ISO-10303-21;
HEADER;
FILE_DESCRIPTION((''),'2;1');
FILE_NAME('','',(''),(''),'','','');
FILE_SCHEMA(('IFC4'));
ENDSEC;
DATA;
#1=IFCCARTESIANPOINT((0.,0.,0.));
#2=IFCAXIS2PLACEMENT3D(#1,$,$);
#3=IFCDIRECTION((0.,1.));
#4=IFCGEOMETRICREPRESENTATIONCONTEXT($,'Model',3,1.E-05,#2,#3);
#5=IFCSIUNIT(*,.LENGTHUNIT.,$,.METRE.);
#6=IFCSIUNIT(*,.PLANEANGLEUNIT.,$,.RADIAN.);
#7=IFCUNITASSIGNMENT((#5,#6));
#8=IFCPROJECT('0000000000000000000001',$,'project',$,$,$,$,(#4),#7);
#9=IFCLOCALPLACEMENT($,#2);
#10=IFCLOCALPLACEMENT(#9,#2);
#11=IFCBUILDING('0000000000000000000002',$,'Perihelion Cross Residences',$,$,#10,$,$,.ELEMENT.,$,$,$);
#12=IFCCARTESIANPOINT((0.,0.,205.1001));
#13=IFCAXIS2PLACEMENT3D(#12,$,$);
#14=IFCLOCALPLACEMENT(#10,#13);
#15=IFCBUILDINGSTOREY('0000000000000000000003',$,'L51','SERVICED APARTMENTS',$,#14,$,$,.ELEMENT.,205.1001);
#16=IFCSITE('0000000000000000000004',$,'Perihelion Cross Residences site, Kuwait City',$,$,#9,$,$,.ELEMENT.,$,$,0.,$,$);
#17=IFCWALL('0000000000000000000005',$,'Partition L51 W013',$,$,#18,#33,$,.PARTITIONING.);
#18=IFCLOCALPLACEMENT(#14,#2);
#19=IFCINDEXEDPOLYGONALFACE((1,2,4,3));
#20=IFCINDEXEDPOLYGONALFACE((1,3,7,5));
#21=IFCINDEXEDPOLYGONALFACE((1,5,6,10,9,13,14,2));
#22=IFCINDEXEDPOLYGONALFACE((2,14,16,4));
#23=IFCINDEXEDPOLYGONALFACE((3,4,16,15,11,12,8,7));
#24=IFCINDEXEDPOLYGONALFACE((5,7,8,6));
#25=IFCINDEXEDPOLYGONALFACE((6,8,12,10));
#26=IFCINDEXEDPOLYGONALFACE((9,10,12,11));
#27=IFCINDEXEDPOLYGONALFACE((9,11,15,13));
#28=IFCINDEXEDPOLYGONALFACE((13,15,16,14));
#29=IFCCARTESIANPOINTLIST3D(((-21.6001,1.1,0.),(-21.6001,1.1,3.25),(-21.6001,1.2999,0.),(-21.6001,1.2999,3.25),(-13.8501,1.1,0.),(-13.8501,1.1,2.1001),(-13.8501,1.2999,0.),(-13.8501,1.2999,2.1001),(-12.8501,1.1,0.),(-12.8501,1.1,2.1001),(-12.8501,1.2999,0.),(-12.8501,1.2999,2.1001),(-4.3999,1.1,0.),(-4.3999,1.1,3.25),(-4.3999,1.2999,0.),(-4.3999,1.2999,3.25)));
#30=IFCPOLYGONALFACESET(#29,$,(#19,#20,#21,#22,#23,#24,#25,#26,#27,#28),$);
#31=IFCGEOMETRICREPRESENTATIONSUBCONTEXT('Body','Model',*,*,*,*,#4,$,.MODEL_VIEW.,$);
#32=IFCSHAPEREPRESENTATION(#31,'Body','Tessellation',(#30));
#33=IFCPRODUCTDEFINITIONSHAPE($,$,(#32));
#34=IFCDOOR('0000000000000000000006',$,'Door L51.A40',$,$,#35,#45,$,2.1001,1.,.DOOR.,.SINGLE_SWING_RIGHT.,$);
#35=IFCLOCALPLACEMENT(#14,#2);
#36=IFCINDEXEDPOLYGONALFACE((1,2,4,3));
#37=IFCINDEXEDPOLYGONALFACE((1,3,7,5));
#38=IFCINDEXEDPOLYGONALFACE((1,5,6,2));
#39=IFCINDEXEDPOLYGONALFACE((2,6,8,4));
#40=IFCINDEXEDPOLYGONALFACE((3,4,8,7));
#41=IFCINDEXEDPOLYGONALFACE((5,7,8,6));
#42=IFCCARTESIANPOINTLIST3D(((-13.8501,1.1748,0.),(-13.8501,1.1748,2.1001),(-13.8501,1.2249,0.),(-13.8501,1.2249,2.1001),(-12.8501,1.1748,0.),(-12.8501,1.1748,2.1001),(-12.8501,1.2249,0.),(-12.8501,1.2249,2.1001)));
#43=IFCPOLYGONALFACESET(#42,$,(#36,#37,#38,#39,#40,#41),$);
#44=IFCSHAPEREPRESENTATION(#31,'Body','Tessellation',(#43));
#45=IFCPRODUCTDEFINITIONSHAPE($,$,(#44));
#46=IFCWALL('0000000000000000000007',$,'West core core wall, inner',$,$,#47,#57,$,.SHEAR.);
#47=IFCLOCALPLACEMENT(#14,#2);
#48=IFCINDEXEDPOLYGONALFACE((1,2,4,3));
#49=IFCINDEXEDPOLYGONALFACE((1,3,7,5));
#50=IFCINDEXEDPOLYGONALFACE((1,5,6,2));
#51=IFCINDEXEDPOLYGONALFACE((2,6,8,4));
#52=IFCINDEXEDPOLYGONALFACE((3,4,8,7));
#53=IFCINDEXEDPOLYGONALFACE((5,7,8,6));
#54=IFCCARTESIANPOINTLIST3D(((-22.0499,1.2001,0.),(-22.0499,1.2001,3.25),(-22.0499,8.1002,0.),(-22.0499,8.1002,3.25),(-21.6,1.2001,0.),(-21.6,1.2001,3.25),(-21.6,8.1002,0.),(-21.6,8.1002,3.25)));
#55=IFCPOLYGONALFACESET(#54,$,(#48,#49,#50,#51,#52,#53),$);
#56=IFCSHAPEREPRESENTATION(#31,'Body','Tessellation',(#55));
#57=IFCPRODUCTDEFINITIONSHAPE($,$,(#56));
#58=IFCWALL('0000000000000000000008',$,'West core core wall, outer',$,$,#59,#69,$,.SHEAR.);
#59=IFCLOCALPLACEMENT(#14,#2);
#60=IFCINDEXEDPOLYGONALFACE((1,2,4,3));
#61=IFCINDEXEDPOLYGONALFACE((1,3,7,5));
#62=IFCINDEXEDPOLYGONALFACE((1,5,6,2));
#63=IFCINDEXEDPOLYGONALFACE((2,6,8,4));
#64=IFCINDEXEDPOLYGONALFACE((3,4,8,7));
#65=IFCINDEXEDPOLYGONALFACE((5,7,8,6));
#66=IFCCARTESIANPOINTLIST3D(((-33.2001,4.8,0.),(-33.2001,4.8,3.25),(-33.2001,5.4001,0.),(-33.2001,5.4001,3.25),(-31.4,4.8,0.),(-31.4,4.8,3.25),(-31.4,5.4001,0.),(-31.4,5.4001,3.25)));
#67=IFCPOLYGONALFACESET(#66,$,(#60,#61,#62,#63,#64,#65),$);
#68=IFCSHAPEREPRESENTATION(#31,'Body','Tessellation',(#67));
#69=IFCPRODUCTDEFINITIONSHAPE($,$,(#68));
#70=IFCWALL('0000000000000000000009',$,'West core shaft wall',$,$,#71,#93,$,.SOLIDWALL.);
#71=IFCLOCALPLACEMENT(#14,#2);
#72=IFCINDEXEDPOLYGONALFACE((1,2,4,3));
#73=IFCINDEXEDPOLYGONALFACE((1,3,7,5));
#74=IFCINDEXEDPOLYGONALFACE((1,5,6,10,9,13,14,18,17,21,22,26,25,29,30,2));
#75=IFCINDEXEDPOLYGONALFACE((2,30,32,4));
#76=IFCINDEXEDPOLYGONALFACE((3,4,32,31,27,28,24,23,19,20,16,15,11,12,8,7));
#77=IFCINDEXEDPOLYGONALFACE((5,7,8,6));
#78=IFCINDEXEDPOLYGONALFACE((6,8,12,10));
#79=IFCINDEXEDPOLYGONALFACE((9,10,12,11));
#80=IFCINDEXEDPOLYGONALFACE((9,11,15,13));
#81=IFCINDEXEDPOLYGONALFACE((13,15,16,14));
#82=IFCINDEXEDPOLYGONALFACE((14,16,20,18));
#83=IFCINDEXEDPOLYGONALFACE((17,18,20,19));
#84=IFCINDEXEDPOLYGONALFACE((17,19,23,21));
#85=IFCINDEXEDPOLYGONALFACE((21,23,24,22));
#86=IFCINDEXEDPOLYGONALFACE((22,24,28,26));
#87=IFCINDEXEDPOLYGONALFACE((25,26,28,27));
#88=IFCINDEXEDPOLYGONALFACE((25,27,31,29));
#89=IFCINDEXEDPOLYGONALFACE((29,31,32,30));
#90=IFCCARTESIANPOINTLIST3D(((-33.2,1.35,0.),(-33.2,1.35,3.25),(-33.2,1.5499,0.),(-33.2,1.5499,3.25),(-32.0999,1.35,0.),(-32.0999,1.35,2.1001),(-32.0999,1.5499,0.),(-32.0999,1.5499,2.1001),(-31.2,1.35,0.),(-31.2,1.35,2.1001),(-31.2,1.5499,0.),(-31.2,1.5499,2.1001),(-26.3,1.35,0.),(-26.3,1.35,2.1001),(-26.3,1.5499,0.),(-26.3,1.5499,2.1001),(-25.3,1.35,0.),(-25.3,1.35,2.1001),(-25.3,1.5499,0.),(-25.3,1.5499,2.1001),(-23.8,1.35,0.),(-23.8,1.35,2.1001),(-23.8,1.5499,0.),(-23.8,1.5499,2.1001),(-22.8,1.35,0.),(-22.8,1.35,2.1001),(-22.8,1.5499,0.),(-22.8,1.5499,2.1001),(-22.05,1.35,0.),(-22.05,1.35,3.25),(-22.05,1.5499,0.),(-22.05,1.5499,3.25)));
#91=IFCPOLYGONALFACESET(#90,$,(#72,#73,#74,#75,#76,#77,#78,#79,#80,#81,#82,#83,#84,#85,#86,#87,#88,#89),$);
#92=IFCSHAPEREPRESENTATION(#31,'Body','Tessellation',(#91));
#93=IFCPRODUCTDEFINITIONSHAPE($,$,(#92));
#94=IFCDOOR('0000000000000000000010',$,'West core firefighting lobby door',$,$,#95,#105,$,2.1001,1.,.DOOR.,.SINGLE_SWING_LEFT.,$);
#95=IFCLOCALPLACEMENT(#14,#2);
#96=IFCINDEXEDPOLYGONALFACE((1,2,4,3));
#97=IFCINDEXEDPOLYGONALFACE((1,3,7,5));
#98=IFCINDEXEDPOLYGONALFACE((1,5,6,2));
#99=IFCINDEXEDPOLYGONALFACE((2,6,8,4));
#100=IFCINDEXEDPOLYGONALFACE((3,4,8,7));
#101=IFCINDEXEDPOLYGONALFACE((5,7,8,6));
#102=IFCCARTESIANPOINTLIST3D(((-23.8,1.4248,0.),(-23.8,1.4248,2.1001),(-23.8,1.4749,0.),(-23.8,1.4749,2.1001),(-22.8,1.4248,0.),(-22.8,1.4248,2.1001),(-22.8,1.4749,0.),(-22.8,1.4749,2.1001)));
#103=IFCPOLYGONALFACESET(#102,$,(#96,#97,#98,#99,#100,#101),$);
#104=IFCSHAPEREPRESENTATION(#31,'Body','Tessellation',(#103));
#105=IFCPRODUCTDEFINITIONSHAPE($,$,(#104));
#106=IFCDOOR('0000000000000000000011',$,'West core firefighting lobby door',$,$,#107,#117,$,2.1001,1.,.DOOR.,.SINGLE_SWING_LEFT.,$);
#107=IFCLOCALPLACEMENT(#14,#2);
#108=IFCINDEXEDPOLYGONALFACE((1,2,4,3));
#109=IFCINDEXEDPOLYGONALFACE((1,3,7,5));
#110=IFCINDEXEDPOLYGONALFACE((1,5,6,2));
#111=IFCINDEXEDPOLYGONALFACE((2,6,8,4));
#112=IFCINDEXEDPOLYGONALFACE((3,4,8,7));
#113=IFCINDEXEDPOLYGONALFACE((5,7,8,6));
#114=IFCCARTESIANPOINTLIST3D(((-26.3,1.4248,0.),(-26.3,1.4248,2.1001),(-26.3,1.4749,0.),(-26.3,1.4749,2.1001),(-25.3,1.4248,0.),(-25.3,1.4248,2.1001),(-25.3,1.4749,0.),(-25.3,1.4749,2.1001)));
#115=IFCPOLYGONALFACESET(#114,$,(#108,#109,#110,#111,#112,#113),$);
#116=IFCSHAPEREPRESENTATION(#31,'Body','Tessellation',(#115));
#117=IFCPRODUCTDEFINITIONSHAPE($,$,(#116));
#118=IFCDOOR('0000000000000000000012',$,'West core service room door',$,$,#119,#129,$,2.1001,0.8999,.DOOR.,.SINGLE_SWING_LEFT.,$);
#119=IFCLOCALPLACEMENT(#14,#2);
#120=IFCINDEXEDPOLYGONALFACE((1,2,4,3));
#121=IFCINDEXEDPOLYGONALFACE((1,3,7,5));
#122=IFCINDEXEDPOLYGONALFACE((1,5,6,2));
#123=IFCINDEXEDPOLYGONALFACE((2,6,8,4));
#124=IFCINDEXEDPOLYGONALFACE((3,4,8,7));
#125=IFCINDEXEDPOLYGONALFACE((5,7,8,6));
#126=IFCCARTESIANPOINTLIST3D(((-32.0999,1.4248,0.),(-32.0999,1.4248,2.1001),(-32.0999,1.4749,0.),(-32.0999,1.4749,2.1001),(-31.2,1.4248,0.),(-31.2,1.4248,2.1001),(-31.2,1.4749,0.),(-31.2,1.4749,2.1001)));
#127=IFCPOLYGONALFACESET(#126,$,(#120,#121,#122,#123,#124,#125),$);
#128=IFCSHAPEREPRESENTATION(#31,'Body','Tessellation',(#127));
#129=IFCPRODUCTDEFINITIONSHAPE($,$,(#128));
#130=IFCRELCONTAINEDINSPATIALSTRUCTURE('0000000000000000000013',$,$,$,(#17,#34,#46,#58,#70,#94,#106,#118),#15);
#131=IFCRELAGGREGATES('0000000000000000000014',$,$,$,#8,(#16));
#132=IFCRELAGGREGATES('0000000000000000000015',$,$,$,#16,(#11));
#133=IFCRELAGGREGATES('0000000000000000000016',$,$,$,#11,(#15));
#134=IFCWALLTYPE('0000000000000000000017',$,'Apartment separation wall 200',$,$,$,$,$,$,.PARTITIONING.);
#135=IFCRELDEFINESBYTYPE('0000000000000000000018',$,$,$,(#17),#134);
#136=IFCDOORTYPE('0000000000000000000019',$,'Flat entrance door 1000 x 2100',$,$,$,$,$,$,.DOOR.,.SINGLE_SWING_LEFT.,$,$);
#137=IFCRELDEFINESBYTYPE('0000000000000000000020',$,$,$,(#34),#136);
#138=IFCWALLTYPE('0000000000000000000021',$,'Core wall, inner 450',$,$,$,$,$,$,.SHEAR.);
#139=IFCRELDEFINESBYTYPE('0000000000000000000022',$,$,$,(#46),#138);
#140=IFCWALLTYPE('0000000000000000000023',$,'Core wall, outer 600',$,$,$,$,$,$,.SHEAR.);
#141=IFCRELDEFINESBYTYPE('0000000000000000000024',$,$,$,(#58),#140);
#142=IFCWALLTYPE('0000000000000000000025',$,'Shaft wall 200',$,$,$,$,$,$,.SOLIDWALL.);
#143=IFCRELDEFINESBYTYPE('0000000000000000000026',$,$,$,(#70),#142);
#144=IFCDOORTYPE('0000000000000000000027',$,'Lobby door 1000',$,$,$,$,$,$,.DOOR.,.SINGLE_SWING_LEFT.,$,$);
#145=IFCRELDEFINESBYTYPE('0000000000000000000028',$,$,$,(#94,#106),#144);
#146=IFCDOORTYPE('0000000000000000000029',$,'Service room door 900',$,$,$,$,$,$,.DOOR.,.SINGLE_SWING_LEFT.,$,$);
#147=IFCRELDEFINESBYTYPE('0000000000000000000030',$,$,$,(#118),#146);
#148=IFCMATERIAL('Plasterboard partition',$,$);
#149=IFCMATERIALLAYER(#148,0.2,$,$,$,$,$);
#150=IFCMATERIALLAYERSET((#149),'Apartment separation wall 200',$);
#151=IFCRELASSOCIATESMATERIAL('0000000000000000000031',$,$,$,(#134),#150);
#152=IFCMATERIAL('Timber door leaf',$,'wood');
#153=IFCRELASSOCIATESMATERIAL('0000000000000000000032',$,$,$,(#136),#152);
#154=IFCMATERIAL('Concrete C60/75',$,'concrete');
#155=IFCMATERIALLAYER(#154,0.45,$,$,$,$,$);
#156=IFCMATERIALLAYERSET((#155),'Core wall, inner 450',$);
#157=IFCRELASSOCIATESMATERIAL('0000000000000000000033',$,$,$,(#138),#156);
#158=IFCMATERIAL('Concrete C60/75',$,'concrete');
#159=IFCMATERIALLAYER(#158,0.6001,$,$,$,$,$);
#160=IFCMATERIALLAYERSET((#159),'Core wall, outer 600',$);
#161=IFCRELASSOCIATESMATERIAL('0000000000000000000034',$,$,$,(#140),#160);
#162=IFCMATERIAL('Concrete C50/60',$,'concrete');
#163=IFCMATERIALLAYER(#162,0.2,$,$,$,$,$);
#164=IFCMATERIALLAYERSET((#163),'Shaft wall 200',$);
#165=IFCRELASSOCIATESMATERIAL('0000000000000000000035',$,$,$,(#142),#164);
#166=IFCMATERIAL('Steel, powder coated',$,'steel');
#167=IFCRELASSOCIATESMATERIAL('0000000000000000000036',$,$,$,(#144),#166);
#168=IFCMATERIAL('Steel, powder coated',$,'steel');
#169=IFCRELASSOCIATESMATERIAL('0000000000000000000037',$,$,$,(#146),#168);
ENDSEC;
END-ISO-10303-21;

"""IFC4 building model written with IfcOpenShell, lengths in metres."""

from ifc_helpers import new_model, si_unit, direction, frame, frame_2d, origin, place, context, subcontext, project, spatial, rectangle, extrude, material, layer, layer_set, type_object, element, fill, save


model = new_model("IFC4")

# Units and contexts
model_context = context("Model", 3, precision=1e-05, world=origin(), true_north=direction((0.0, 1.0)))
body_context = subcontext(model_context, "Body", "Model", "MODEL_VIEW")
ifc_project = project(units=[si_unit("LENGTHUNIT", "METRE"), si_unit("PLANEANGLEUNIT", "RADIAN")], contexts=[model_context])

# Site, building, storey
site_placement = place(None, origin())
site = spatial("IfcSite", under=ifc_project, at=site_placement, Name="Perihelion Cross Residences site, Kuwait City", CompositionType="ELEMENT", RefElevation=0.0)
building_placement = place(site_placement, origin())
building = spatial("IfcBuilding", under=site, at=building_placement, Name="Perihelion Cross Residences", CompositionType="ELEMENT")
storey_placement = place(building_placement, frame((0.0, 0.0, 205.1001)))
storey = spatial("IfcBuildingStorey", under=building, at=storey_placement, Name="L51", Description="SERVICED APARTMENTS", CompositionType="ELEMENT", Elevation=205.1001)

# Wall, opening, door
ifc_material_1 = material(Name="Plasterboard partition")
ifc_layer_1 = layer(ifc_material_1, 0.2)
ifc_layer_set_1 = layer_set([ifc_layer_1], Name="Apartment separation wall 200")
wall_type_1 = type_object("IfcWallType", Name="Apartment separation wall 200", PredefinedType="PARTITIONING", material=ifc_layer_set_1)
wall_1_placement = place(storey_placement, frame((-21.6001, 1.2, 0.0), z_axis=(0.0, 0.0, 1.0), x_axis=(1.0, 0.0, 0.0)))
wall_1 = element("IfcWall", 1, at=wall_1_placement, inside=storey, type_object=wall_type_1, Name="Partition L51 W013", PredefinedType="PARTITIONING", context=body_context, shape_type="SweptSolid", body=[
    extrude(rectangle(XDim=17.2002, YDim=0.2, at=frame_2d((8.6001, 0.0))), origin(), (0.0, 0.0, 1.0), 3.25),
])
opening_1_placement = place(wall_1_placement, frame((7.75, 0.0, 0.0)))
opening_1 = element("IfcOpeningElement", 2, at=opening_1_placement, cuts=wall_1, PredefinedType="OPENING", context=body_context, shape_type="SweptSolid", body=[
    extrude(rectangle(XDim=1.0, YDim=2.1001, at=frame_2d((0.5, 1.05))), frame((0.0, 0.1099, 0.0), z_axis=(0.0, -1.0, 0.0), x_axis=(1.0, 0.0, 0.0)), (0.0, 0.0, 1.0), 0.22),
])
ifc_material_2 = material(Name="Timber door leaf", Category="wood")
door_type_1 = type_object("IfcDoorType", Name="Flat entrance door 1000 x 2100", OperationType="SINGLE_SWING_LEFT", PredefinedType="DOOR", material=ifc_material_2)
door_1_placement = place(opening_1_placement, origin())
door_1 = element("IfcDoor", 3, at=door_1_placement, inside=storey, type_object=door_type_1, Name="Door L51.A40", OperationType="SINGLE_SWING_RIGHT", OverallHeight=2.1001, OverallWidth=1.0, PredefinedType="DOOR", context=body_context, shape_type="SweptSolid", body=[
    extrude(rectangle(XDim=1.0, YDim=2.1001, at=frame_2d((0.5, 1.05))), frame((0.0, 0.0249, 0.0), z_axis=(0.0, -1.0, 0.0), x_axis=(1.0, 0.0, 0.0)), (0.0, 0.0, 1.0), 0.05),
])
fill(opening_1, door_1)

# Walls
ifc_material_3 = material(Name="Concrete C60/75", Category="concrete")
ifc_layer_2 = layer(ifc_material_3, 0.45)
ifc_layer_set_2 = layer_set([ifc_layer_2], Name="Core wall, inner 450")
wall_type_2 = type_object("IfcWallType", Name="Core wall, inner 450", PredefinedType="SHEAR", material=ifc_layer_set_2)
wall_2_placement = place(storey_placement, frame((-21.825, 1.2, 0.0), z_axis=(0.0, 0.0, 1.0), x_axis=(0.0, 1.0, 0.0)))
element("IfcWall", 4, at=wall_2_placement, inside=storey, type_object=wall_type_2, Name="West core core wall, inner", PredefinedType="SHEAR", context=body_context, shape_type="SweptSolid", body=[
    extrude(rectangle(XDim=6.9001, YDim=0.45, at=frame_2d((3.4502, 0.0))), origin(), (0.0, 0.0, 1.0), 3.25),
])
ifc_material_4 = material(Name="Concrete C60/75", Category="concrete")
ifc_layer_3 = layer(ifc_material_4, 0.6001)
ifc_layer_set_3 = layer_set([ifc_layer_3], Name="Core wall, outer 600")
wall_type_3 = type_object("IfcWallType", Name="Core wall, outer 600", PredefinedType="SHEAR", material=ifc_layer_set_3)
wall_3_placement = place(storey_placement, frame((-33.2, 5.1001, 0.0), z_axis=(0.0, 0.0, 1.0), x_axis=(1.0, 0.0, 0.0)))
element("IfcWall", 5, at=wall_3_placement, inside=storey, type_object=wall_type_3, Name="West core core wall, outer", PredefinedType="SHEAR", context=body_context, shape_type="SweptSolid", body=[
    extrude(rectangle(XDim=1.8, YDim=0.6001, at=frame_2d((0.8999, 0.0))), origin(), (0.0, 0.0, 1.0), 3.25),
])

# Wall, openings, doors
ifc_material_5 = material(Name="Concrete C50/60", Category="concrete")
ifc_layer_4 = layer(ifc_material_5, 0.2)
ifc_layer_set_4 = layer_set([ifc_layer_4], Name="Shaft wall 200")
wall_type_4 = type_object("IfcWallType", Name="Shaft wall 200", PredefinedType="SOLIDWALL", material=ifc_layer_set_4)
wall_4_placement = place(storey_placement, frame((-33.2, 1.45, 0.0), z_axis=(0.0, 0.0, 1.0), x_axis=(1.0, 0.0, 0.0)))
wall_4 = element("IfcWall", 6, at=wall_4_placement, inside=storey, type_object=wall_type_4, Name="West core shaft wall", PredefinedType="SOLIDWALL", context=body_context, shape_type="SweptSolid", body=[
    extrude(rectangle(XDim=11.1499, YDim=0.2, at=frame_2d((5.575, 0.0))), origin(), (0.0, 0.0, 1.0), 3.25),
])
opening_2_placement = place(wall_4_placement, frame((9.3999, 0.0, 0.0)))
opening_2 = element("IfcOpeningElement", 7, at=opening_2_placement, cuts=wall_4, PredefinedType="OPENING", context=body_context, shape_type="SweptSolid", body=[
    extrude(rectangle(XDim=1.0, YDim=2.1001, at=frame_2d((0.5, 1.05))), frame((0.0, 0.1099, 0.0), z_axis=(0.0, -1.0, 0.0), x_axis=(1.0, 0.0, 0.0)), (0.0, 0.0, 1.0), 0.22),
])
opening_3_placement = place(wall_4_placement, frame((6.8999, 0.0, 0.0)))
opening_3 = element("IfcOpeningElement", 8, at=opening_3_placement, cuts=wall_4, PredefinedType="OPENING", context=body_context, shape_type="SweptSolid", body=[
    extrude(rectangle(XDim=1.0, YDim=2.1001, at=frame_2d((0.5, 1.05))), frame((0.0, 0.1099, 0.0), z_axis=(0.0, -1.0, 0.0), x_axis=(1.0, 0.0, 0.0)), (0.0, 0.0, 1.0), 0.22),
])
opening_4_placement = place(wall_4_placement, frame((1.1001, 0.0, 0.0)))
opening_4 = element("IfcOpeningElement", 9, at=opening_4_placement, cuts=wall_4, PredefinedType="OPENING", context=body_context, shape_type="SweptSolid", body=[
    extrude(rectangle(XDim=0.8999, YDim=2.1001, at=frame_2d((0.45, 1.05))), frame((0.0, 0.1099, 0.0), z_axis=(0.0, -1.0, 0.0), x_axis=(1.0, 0.0, 0.0)), (0.0, 0.0, 1.0), 0.22),
])
ifc_material_6 = material(Name="Steel, powder coated", Category="steel")
door_type_2 = type_object("IfcDoorType", Name="Lobby door 1000", OperationType="SINGLE_SWING_LEFT", PredefinedType="DOOR", material=ifc_material_6)
door_2_placement = place(opening_2_placement, origin())
door_2 = element("IfcDoor", 10, at=door_2_placement, inside=storey, type_object=door_type_2, Name="West core firefighting lobby door", OperationType="SINGLE_SWING_LEFT", OverallHeight=2.1001, OverallWidth=1.0, PredefinedType="DOOR", context=body_context, shape_type="SweptSolid", body=[
    extrude(rectangle(XDim=1.0, YDim=2.1001, at=frame_2d((0.5, 1.05))), frame((0.0, 0.0249, 0.0), z_axis=(0.0, -1.0, 0.0), x_axis=(1.0, 0.0, 0.0)), (0.0, 0.0, 1.0), 0.05),
])
fill(opening_2, door_2)
door_3_placement = place(opening_3_placement, origin())
door_3 = element("IfcDoor", 11, at=door_3_placement, inside=storey, type_object=door_type_2, Name="West core firefighting lobby door", OperationType="SINGLE_SWING_LEFT", OverallHeight=2.1001, OverallWidth=1.0, PredefinedType="DOOR", context=body_context, shape_type="SweptSolid", body=[
    extrude(rectangle(XDim=1.0, YDim=2.1001, at=frame_2d((0.5, 1.05))), frame((0.0, 0.0249, 0.0), z_axis=(0.0, -1.0, 0.0), x_axis=(1.0, 0.0, 0.0)), (0.0, 0.0, 1.0), 0.05),
])
fill(opening_3, door_3)
ifc_material_7 = material(Name="Steel, powder coated", Category="steel")
door_type_3 = type_object("IfcDoorType", Name="Service room door 900", OperationType="SINGLE_SWING_LEFT", PredefinedType="DOOR", material=ifc_material_7)
door_4_placement = place(opening_4_placement, origin())
door_4 = element("IfcDoor", 12, at=door_4_placement, inside=storey, type_object=door_type_3, Name="West core service room door", OperationType="SINGLE_SWING_LEFT", OverallHeight=2.1001, OverallWidth=0.8999, PredefinedType="DOOR", context=body_context, shape_type="SweptSolid", body=[
    extrude(rectangle(XDim=0.8999, YDim=2.1001, at=frame_2d((0.45, 1.05))), frame((0.0, 0.0249, 0.0), z_axis=(0.0, -1.0, 0.0), x_axis=(1.0, 0.0, 0.0)), (0.0, 0.0, 1.0), 0.05),
])
fill(opening_4, door_4)

save(model, "model.ifc")
